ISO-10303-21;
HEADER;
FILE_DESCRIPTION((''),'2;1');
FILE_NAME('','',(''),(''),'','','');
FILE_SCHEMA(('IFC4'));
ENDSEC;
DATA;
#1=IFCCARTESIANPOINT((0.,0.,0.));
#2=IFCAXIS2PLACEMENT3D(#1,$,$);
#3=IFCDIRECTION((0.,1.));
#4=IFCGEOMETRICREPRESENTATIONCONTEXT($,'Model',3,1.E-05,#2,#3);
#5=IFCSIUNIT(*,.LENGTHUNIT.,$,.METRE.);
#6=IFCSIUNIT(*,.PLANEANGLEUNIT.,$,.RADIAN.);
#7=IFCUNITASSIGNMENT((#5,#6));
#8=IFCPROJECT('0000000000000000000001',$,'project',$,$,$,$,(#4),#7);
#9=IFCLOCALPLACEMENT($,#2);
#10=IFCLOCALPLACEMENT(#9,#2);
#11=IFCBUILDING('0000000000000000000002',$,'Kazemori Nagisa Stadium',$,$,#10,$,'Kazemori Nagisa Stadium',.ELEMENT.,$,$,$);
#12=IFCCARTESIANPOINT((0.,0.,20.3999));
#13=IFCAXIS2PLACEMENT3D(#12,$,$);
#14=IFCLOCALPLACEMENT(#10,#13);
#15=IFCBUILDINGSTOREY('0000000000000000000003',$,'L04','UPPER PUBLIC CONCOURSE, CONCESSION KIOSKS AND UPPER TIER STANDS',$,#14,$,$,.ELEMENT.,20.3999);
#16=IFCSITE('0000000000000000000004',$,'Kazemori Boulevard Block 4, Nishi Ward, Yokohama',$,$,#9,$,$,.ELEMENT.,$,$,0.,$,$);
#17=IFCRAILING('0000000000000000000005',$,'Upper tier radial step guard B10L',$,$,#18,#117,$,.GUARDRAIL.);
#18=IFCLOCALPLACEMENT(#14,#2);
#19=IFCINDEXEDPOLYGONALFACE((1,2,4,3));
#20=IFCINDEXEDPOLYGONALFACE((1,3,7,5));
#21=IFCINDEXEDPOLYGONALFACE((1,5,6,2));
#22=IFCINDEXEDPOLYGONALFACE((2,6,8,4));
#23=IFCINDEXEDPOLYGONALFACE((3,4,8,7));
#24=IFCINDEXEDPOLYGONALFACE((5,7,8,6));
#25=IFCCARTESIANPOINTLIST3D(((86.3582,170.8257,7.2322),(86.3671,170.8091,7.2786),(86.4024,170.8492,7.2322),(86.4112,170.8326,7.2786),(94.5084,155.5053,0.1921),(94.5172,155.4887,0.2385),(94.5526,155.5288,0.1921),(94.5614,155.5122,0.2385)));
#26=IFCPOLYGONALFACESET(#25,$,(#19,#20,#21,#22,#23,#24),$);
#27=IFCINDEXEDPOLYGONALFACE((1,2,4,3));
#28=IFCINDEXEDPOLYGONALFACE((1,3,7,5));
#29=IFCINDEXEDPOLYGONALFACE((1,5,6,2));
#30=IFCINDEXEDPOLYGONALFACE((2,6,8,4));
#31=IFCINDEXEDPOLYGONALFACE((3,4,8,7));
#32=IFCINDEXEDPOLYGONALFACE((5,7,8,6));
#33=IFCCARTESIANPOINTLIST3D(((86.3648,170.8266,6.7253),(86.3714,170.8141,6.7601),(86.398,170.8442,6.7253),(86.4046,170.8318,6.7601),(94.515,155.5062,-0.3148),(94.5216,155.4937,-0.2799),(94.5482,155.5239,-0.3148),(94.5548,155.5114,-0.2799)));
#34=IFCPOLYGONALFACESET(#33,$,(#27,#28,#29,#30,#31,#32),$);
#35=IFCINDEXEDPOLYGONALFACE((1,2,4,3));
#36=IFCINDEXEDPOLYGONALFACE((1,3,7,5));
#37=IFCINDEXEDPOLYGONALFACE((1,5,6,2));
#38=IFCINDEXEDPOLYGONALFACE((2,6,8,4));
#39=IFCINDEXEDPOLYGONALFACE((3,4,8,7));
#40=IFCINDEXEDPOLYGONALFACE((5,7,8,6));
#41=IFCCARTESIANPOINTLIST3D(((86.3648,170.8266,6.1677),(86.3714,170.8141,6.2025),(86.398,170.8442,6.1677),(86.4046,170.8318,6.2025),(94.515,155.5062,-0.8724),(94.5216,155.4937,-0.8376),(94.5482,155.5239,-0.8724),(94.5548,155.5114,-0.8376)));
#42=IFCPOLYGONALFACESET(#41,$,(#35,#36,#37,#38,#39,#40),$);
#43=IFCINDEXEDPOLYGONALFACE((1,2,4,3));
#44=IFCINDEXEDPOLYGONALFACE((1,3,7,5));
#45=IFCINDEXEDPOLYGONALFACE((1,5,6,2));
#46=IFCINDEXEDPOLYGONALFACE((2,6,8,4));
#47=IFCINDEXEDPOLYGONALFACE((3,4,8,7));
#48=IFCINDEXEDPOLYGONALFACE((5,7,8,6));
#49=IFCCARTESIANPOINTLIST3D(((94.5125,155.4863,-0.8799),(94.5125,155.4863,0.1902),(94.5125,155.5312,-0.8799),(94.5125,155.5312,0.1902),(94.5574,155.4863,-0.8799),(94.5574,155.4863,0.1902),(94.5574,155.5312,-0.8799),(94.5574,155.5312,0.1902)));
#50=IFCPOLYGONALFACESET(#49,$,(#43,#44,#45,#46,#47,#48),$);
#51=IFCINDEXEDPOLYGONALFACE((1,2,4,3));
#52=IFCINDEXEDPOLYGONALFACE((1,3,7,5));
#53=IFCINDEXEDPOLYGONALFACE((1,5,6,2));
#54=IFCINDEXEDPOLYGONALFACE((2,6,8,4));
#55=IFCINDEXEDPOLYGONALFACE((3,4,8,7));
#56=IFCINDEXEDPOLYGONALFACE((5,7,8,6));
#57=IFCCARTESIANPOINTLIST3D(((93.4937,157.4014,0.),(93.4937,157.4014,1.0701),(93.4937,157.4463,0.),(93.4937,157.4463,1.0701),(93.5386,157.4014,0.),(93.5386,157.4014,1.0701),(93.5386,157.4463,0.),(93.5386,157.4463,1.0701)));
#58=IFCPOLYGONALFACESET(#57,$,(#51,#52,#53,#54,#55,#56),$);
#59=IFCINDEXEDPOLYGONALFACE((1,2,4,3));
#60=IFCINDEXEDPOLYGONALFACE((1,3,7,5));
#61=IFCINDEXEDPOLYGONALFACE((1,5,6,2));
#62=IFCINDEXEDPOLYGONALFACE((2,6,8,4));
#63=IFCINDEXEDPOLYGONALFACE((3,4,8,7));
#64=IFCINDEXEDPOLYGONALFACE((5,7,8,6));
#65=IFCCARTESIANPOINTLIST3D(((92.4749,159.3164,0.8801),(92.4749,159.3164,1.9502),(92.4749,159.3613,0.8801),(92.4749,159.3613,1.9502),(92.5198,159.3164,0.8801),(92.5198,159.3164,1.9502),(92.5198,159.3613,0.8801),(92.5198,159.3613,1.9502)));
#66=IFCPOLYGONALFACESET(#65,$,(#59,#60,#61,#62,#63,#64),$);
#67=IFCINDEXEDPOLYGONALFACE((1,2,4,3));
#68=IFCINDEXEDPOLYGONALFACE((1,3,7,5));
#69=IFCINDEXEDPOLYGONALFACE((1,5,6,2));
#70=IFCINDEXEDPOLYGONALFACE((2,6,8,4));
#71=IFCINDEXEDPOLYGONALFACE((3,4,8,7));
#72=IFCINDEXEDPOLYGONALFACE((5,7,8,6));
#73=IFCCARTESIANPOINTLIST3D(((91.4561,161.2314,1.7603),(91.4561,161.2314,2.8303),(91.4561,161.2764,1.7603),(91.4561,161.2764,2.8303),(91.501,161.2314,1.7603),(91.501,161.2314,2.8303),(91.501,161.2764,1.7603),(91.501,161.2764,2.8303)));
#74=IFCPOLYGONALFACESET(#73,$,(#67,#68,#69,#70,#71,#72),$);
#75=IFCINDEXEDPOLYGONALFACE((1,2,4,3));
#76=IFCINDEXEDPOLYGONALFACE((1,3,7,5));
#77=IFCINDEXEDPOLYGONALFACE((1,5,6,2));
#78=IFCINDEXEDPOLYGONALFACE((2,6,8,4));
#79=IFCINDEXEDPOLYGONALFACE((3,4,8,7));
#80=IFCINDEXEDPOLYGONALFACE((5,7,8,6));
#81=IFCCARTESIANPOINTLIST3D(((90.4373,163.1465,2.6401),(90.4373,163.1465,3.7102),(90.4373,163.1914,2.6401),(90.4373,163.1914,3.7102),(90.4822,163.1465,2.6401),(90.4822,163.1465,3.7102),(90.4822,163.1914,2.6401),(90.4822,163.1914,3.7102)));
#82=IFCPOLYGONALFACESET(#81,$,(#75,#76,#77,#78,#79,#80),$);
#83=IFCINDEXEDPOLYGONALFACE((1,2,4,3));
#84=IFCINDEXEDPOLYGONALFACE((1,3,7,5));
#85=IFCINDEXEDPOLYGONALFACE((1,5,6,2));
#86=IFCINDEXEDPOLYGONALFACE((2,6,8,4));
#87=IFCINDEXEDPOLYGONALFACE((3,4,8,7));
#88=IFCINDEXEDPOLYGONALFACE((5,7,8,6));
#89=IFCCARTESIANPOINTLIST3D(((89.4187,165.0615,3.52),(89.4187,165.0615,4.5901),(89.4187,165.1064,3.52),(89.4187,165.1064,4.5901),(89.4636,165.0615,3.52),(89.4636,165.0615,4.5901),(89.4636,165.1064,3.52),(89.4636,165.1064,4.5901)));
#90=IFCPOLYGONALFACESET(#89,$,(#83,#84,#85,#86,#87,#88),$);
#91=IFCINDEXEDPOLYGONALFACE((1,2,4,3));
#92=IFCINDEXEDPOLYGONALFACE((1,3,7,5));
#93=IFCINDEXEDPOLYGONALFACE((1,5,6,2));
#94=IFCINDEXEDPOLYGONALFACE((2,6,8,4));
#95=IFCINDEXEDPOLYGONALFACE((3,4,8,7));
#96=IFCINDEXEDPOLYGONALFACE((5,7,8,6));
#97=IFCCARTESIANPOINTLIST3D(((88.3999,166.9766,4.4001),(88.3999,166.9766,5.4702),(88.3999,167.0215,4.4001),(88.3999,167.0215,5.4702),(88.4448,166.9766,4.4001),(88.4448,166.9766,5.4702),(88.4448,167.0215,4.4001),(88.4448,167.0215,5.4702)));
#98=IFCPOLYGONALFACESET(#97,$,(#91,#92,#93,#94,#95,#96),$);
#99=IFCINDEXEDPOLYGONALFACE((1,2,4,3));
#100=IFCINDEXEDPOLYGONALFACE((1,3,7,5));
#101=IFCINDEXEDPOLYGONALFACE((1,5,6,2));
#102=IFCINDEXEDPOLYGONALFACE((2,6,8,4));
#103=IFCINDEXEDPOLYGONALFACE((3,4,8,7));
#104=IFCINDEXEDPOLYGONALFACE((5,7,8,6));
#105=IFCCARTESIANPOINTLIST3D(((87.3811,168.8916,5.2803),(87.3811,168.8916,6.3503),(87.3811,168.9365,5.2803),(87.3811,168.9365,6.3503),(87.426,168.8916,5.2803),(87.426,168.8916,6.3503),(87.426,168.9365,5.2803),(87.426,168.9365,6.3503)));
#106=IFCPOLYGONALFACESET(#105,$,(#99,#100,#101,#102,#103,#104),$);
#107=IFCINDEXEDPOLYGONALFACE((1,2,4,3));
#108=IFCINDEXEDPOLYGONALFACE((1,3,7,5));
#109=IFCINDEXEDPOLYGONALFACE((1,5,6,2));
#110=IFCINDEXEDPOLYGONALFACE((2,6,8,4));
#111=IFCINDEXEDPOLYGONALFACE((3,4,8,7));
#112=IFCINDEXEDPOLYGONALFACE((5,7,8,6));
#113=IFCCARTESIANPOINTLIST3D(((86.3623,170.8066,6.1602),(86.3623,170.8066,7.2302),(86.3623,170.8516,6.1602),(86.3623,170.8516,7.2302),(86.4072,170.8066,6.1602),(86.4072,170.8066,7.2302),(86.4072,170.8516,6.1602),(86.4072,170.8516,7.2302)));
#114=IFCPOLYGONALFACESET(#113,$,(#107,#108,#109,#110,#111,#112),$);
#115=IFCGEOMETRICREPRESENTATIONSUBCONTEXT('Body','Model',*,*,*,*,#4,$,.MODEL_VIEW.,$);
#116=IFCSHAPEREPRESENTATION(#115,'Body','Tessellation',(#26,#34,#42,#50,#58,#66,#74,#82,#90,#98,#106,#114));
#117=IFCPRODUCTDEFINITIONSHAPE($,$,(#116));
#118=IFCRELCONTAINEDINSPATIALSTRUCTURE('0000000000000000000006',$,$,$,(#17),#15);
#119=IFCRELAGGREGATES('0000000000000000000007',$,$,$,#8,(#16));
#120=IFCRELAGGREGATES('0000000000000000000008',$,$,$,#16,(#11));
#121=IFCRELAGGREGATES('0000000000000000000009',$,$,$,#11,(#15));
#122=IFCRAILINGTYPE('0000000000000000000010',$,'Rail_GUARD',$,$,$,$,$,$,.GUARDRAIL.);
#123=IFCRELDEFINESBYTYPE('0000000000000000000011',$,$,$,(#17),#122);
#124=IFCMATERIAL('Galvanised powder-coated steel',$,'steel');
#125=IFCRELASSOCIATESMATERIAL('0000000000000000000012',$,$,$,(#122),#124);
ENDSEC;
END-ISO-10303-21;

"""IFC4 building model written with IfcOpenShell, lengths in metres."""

from ifc_helpers import new_model, si_unit, direction, frame, origin, origin_2d, place, context, subcontext, project, spatial, rectangle, extrude, material, type_object, element, save


model = new_model("IFC4")

# Units and contexts
model_context = context("Model", 3, precision=1e-05, world=origin(), true_north=direction((0.0, 1.0)))
body_context = subcontext(model_context, "Body", "Model", "MODEL_VIEW")
ifc_project = project(units=[si_unit("LENGTHUNIT", "METRE"), si_unit("PLANEANGLEUNIT", "RADIAN")], contexts=[model_context])

# Site, building, storey
site_placement = place(None, origin())
site = spatial("IfcSite", under=ifc_project, at=site_placement, Name="Kazemori Boulevard Block 4, Nishi Ward, Yokohama", CompositionType="ELEMENT", RefElevation=0.0)
building_placement = place(site_placement, origin())
building = spatial("IfcBuilding", under=site, at=building_placement, Name="Kazemori Nagisa Stadium", LongName="Kazemori Nagisa Stadium", CompositionType="ELEMENT")
storey_placement = place(building_placement, frame((0.0, 0.0, 20.3999)))
storey = spatial("IfcBuildingStorey", under=building, at=storey_placement, Name="L04", Description="UPPER PUBLIC CONCOURSE, CONCESSION KIOSKS AND UPPER TIER STANDS", CompositionType="ELEMENT", Elevation=20.3999)

# Railing
ifc_material_1 = material(Name="Galvanised powder-coated steel", Category="steel")
railing_type_1 = type_object("IfcRailingType", Name="Rail_GUARD", PredefinedType="GUARDRAIL", material=ifc_material_1)
railing_1_placement = place(storey_placement, frame((94.5349, 155.5088, -0.8799)))
element("IfcRailing", 1, at=railing_1_placement, inside=storey, type_object=railing_type_1, Name="Upper tier radial step guard B10L", PredefinedType="GUARDRAIL", context=body_context, shape_type="SweptSolid", body=[
    extrude(rectangle(XDim=0.05, YDim=0.05, at=origin_2d()), frame((0.0, 0.0, 1.0952), z_axis=(-0.435209, 0.818089, 0.375931), x_axis=(-0.882847, -0.46966, 0.0)), (0.0, 0.0, 1.0), 18.7271),
    extrude(rectangle(XDim=0.0376, YDim=0.0376, at=origin_2d()), frame((0.0, 0.0, 0.5825), z_axis=(-0.435209, 0.818089, 0.375931), x_axis=(-0.882847, -0.46966, 0.0)), (0.0, 0.0, 1.0), 18.7271),
    extrude(rectangle(XDim=0.0376, YDim=0.0376, at=origin_2d()), frame((0.0, 0.0, 0.0249), z_axis=(-0.435209, 0.818089, 0.375931), x_axis=(-0.882847, -0.46966, 0.0)), (0.0, 0.0, 1.0), 18.7271),
    extrude(rectangle(XDim=0.0449, YDim=0.0449, at=origin_2d()), origin(), (0.0, 0.0, 1.0), 1.0701),
    extrude(rectangle(XDim=0.0449, YDim=0.0449, at=origin_2d()), frame((-1.0188, 1.915, 0.8799)), (0.0, 0.0, 1.0), 1.0701),
    extrude(rectangle(XDim=0.0449, YDim=0.0449, at=origin_2d()), frame((-2.0376, 3.8301, 1.76)), (0.0, 0.0, 1.0), 1.0701),
    extrude(rectangle(XDim=0.0449, YDim=0.0449, at=origin_2d()), frame((-3.0564, 5.7451, 2.6401)), (0.0, 0.0, 1.0), 1.0701),
    extrude(rectangle(XDim=0.0449, YDim=0.0449, at=origin_2d()), frame((-4.0752, 7.6602, 3.52)), (0.0, 0.0, 1.0), 1.0701),
    extrude(rectangle(XDim=0.0449, YDim=0.0449, at=origin_2d()), frame((-5.0938, 9.5752, 4.3999)), (0.0, 0.0, 1.0), 1.0701),
    extrude(rectangle(XDim=0.0449, YDim=0.0449, at=origin_2d()), frame((-6.1125, 11.4902, 5.28)), (0.0, 0.0, 1.0), 1.0701),
    extrude(rectangle(XDim=0.0449, YDim=0.0449, at=origin_2d()), frame((-7.1313, 13.4053, 6.1602)), (0.0, 0.0, 1.0), 1.0701),
    extrude(rectangle(XDim=0.0449, YDim=0.0449, at=origin_2d()), frame((-8.1501, 15.3203, 7.04)), (0.0, 0.0, 1.0), 1.0701),
])

save(model, "model.ifc")
